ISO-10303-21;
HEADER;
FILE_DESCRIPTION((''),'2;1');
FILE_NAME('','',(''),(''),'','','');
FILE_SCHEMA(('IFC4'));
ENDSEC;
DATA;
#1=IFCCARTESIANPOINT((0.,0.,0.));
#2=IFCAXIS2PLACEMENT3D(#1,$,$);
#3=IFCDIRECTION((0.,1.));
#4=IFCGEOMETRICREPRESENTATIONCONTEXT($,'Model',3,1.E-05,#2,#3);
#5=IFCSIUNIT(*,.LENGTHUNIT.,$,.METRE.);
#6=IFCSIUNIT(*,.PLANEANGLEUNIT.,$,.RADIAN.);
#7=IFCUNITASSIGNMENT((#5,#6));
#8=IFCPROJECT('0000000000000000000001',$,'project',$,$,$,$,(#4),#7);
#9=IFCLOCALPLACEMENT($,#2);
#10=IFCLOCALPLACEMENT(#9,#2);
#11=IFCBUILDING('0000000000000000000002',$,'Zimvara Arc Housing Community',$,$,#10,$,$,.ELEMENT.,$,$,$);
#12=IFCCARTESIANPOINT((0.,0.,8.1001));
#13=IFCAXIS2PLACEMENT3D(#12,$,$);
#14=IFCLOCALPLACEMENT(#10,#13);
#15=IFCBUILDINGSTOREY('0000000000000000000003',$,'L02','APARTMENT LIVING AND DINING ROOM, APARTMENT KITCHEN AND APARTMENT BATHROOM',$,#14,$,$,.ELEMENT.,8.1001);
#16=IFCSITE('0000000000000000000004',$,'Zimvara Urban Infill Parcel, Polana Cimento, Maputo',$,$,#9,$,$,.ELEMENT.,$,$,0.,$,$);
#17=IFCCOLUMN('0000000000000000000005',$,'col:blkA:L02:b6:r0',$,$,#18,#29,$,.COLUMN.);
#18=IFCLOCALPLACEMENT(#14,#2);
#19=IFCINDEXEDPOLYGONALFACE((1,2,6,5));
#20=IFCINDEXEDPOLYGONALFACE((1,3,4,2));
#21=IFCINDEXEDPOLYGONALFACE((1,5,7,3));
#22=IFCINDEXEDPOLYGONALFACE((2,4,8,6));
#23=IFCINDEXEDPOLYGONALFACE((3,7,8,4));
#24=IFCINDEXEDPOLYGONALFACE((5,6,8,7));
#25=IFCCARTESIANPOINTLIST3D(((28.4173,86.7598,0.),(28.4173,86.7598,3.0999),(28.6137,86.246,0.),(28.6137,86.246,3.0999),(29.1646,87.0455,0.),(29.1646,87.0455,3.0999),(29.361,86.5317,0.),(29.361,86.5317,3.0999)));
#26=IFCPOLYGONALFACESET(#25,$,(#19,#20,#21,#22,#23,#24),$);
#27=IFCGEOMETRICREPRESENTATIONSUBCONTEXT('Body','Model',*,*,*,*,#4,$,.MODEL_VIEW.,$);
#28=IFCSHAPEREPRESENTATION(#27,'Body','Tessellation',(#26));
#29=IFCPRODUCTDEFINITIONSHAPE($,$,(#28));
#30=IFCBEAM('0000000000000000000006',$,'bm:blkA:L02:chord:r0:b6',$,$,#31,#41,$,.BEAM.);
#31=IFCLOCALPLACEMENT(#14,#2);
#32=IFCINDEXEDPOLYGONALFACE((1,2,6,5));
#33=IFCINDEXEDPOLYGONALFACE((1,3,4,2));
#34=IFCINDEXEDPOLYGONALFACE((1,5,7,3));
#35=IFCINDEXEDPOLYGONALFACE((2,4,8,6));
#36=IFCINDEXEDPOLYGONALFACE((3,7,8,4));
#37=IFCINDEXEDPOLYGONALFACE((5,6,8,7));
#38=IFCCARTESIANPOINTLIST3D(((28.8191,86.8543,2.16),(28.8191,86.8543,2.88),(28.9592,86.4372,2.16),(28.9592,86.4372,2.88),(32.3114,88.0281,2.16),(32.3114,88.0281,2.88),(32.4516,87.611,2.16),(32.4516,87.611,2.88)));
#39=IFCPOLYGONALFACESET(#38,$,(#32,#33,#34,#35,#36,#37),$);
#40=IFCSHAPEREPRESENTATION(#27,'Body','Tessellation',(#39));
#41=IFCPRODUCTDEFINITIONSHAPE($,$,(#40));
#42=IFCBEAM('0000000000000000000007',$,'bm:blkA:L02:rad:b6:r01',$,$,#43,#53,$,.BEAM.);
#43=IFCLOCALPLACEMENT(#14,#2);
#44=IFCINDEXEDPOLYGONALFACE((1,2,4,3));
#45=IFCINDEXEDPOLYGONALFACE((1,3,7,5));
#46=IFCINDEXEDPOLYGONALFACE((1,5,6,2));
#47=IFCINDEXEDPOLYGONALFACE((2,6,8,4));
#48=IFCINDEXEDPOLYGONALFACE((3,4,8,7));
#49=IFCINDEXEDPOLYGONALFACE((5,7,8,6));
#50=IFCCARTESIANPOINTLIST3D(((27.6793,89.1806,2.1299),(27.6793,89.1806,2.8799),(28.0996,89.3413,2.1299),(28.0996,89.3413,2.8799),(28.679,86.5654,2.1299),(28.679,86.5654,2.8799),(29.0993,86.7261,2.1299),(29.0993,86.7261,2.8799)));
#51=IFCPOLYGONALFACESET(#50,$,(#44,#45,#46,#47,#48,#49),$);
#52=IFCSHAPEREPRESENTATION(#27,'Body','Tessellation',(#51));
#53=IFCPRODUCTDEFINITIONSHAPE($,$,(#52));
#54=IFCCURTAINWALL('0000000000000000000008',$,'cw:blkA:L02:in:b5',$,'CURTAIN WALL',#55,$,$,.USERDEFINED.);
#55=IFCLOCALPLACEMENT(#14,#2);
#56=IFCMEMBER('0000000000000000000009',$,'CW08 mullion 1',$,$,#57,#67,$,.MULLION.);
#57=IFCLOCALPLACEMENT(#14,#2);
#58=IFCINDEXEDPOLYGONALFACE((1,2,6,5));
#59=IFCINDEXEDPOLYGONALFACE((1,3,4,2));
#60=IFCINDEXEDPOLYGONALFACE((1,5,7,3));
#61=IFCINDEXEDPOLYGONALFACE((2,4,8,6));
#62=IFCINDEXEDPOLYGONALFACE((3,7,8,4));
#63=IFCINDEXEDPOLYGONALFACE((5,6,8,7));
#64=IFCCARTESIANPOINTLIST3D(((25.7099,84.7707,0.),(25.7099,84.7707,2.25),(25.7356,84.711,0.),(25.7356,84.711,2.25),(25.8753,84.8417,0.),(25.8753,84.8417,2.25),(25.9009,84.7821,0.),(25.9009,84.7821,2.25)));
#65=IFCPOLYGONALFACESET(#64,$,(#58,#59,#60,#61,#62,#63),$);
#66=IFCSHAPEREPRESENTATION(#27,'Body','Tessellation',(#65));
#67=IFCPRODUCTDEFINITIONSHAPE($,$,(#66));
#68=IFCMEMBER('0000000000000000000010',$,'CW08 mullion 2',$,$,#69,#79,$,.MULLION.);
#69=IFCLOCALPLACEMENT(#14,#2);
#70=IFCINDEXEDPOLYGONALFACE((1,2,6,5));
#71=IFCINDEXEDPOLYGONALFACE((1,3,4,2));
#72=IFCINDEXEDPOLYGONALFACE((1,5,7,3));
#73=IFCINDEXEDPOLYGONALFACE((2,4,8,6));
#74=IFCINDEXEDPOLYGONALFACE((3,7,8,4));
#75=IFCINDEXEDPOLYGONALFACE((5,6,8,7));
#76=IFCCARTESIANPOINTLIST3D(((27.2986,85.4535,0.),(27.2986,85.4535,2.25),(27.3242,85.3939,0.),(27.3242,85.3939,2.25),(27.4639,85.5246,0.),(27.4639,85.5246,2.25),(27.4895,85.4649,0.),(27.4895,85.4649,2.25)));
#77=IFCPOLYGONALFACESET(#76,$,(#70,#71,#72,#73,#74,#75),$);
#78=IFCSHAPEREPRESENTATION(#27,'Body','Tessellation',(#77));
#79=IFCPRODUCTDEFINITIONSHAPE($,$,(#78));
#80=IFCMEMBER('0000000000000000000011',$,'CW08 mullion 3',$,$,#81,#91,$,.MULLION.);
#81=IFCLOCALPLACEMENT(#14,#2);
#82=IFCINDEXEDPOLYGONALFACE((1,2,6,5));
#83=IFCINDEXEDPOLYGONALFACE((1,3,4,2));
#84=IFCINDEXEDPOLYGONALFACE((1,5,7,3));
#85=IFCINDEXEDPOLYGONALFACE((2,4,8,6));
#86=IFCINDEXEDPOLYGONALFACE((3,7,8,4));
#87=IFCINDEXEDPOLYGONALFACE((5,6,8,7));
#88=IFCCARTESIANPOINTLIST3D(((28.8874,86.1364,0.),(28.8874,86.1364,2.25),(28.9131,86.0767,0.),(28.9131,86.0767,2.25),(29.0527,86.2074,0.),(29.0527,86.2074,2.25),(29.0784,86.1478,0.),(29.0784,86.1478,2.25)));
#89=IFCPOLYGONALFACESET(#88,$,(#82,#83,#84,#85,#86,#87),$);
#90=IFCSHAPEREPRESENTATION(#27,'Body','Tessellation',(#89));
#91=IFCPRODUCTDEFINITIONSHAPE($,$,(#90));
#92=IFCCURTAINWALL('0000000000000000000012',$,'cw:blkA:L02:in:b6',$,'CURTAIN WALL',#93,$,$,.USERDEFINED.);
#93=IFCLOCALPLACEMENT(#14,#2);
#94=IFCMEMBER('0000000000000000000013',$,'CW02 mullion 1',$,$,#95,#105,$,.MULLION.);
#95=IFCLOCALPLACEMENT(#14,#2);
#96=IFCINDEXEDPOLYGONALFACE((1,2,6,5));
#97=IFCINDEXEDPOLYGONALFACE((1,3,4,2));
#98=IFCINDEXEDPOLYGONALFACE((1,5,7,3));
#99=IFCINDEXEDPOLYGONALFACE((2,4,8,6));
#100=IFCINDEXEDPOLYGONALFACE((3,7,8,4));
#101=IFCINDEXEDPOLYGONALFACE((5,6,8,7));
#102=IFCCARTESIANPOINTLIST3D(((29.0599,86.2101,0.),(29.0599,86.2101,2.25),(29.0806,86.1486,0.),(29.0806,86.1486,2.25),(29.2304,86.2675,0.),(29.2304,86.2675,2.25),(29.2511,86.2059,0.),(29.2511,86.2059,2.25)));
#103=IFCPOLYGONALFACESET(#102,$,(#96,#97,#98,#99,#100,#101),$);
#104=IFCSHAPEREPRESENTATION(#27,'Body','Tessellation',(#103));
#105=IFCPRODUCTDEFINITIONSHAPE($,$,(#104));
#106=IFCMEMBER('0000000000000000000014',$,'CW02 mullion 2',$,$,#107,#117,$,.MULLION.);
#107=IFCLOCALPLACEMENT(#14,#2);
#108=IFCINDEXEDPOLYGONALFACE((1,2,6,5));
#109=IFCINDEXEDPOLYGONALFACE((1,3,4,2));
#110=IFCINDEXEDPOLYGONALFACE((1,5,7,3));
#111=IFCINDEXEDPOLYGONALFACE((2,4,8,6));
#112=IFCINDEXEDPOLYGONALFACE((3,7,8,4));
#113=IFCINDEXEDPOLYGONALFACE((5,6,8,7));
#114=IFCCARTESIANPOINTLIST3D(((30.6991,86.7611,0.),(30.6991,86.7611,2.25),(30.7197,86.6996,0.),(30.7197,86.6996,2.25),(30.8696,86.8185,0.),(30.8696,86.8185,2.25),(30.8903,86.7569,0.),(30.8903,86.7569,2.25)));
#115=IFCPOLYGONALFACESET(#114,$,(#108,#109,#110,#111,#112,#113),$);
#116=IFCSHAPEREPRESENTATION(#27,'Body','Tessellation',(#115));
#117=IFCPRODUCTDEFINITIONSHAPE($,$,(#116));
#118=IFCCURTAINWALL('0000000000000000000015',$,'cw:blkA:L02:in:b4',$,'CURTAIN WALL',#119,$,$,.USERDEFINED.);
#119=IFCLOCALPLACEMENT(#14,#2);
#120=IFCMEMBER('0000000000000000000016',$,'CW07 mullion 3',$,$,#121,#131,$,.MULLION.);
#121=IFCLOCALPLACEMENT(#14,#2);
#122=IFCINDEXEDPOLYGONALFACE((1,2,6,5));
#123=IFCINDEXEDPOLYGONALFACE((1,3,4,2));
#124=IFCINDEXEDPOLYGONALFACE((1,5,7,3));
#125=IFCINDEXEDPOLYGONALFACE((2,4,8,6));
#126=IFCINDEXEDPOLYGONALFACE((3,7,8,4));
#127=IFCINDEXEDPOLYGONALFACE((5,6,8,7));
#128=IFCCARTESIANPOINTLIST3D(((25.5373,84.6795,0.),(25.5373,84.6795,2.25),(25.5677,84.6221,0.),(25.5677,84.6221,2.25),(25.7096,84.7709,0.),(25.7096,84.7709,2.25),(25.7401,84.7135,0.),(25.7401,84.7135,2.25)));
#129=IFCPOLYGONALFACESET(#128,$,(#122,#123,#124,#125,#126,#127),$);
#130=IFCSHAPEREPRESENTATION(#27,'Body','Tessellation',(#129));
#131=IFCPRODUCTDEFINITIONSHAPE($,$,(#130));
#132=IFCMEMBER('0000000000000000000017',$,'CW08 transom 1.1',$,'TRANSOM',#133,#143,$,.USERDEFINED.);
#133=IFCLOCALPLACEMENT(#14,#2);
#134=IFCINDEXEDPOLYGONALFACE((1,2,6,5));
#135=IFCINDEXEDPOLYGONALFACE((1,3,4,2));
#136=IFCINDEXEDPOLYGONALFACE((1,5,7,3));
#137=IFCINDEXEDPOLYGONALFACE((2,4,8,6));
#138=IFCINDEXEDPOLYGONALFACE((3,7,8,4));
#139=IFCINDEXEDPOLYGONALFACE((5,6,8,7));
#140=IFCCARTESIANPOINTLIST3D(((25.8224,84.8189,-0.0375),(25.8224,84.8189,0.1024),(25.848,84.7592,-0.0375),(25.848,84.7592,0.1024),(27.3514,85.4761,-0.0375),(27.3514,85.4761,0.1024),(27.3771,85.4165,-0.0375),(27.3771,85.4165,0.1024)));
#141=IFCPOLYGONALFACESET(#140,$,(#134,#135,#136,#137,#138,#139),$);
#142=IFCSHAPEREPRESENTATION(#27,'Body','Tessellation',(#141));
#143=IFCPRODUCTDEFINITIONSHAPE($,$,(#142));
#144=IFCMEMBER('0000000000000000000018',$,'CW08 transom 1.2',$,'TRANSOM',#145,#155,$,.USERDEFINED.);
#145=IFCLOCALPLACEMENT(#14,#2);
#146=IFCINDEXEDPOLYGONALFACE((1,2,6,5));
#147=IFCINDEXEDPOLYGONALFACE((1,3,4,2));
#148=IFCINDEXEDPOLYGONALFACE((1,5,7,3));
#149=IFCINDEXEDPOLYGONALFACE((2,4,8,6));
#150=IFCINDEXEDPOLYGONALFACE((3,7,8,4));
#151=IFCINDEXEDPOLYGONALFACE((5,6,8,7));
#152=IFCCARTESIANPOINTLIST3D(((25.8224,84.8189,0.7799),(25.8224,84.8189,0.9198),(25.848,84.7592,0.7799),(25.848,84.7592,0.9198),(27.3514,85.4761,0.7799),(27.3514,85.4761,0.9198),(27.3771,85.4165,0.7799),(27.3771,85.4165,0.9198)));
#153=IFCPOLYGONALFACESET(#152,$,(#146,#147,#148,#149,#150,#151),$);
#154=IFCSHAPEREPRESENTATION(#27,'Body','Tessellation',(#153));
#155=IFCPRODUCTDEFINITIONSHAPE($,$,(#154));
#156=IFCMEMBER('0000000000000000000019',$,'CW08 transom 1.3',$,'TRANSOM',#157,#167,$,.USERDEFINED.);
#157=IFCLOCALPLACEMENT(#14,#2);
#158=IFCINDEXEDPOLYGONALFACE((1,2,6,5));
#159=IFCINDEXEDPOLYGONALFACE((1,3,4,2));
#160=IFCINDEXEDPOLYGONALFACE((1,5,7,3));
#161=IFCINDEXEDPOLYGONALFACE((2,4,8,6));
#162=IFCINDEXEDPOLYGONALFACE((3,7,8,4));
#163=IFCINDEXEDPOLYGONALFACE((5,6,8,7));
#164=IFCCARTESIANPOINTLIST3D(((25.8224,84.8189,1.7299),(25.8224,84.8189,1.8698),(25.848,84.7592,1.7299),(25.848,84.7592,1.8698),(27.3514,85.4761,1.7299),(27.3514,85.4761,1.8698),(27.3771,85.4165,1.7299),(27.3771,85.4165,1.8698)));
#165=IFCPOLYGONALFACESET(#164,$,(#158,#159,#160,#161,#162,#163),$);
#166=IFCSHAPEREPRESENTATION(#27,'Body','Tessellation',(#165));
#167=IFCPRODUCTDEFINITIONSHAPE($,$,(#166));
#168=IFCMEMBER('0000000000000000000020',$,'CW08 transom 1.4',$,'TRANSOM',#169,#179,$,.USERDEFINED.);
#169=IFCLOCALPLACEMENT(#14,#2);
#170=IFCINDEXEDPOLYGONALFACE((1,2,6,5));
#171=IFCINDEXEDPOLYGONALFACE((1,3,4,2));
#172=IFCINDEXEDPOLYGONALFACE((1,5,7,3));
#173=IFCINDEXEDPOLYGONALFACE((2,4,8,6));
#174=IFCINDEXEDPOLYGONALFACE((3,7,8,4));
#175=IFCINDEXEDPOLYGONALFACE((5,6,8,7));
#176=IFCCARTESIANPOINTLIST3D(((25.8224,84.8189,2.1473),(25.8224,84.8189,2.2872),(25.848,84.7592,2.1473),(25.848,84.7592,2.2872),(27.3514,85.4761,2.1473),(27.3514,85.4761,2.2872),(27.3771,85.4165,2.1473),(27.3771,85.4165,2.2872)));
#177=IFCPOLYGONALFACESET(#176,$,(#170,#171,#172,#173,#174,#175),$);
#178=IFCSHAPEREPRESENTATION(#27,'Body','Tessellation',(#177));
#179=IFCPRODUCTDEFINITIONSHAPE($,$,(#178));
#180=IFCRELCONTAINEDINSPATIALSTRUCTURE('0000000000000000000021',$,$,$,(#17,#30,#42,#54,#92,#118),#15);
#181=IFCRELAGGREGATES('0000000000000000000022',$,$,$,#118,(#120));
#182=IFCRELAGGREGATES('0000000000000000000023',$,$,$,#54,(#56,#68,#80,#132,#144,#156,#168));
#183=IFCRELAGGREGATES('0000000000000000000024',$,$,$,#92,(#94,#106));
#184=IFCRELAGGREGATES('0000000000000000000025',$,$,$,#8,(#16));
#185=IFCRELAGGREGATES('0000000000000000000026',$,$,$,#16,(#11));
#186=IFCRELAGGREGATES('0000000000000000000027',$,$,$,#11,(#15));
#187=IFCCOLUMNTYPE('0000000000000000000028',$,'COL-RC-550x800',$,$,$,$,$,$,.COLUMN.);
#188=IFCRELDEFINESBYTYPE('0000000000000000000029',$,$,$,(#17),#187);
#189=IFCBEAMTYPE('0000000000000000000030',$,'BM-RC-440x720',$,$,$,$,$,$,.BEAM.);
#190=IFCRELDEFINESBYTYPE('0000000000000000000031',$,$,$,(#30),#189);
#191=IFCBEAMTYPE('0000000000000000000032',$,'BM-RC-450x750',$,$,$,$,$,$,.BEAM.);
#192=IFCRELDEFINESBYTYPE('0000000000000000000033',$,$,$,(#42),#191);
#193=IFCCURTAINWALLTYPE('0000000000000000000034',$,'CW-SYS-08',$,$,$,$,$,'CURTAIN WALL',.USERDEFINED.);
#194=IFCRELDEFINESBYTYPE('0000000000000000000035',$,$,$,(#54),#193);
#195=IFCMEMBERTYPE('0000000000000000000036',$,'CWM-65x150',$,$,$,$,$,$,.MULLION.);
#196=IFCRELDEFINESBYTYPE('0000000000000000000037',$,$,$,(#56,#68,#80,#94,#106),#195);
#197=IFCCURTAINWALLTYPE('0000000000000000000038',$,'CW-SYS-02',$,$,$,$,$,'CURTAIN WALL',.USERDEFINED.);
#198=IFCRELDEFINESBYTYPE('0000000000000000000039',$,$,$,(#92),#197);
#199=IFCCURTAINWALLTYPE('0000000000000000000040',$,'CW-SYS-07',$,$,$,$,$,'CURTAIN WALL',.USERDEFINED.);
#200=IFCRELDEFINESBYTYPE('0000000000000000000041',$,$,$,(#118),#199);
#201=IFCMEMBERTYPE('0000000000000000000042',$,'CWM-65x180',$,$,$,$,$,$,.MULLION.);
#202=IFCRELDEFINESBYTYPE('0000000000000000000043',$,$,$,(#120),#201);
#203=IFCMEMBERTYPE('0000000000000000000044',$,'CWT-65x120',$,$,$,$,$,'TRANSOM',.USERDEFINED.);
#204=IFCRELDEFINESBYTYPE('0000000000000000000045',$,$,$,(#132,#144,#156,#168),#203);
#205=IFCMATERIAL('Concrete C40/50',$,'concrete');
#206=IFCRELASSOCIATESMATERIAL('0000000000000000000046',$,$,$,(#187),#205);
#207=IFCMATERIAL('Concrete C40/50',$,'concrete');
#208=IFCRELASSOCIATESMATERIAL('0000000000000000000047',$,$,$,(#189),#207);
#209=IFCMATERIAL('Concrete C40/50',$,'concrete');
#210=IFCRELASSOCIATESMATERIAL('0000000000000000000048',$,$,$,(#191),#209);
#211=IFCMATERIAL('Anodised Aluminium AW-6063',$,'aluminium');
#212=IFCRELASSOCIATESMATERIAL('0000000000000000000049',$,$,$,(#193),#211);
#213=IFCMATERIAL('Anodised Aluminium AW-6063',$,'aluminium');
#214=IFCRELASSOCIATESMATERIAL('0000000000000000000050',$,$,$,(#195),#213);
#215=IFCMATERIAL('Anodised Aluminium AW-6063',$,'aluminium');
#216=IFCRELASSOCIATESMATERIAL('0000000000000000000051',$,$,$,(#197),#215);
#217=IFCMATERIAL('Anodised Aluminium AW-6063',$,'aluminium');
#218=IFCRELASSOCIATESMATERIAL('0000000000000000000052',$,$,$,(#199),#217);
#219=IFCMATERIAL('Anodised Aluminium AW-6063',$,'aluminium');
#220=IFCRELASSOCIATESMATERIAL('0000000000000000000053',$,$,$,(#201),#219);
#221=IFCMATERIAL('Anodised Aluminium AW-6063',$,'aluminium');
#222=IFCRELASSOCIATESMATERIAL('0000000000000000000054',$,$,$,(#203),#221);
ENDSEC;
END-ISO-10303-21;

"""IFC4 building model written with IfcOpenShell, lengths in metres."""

from ifc_helpers import new_model, si_unit, direction, frame, origin, origin_2d, place, context, subcontext, project, spatial, rectangle, extrude, material, material_profile, profile_set, type_object, element, aggregate, save


model = new_model("IFC4")

# Units and contexts
model_context = context("Model", 3, precision=1e-05, world=origin(), true_north=direction((0.0, 1.0)))
body_context = subcontext(model_context, "Body", "Model", "MODEL_VIEW")
ifc_project = project(units=[si_unit("LENGTHUNIT", "METRE"), si_unit("PLANEANGLEUNIT", "RADIAN")], contexts=[model_context])

# Site, building, storey
site_placement = place(None, origin())
site = spatial("IfcSite", under=ifc_project, at=site_placement, Name="Zimvara Urban Infill Parcel, Polana Cimento, Maputo", CompositionType="ELEMENT", RefElevation=0.0)
building_placement = place(site_placement, origin())
building = spatial("IfcBuilding", under=site, at=building_placement, Name="Zimvara Arc Housing Community", CompositionType="ELEMENT")
storey_placement = place(building_placement, frame((0.0, 0.0, 8.1001)))
storey = spatial("IfcBuildingStorey", under=building, at=storey_placement, Name="L02", Description="APARTMENT LIVING AND DINING ROOM, APARTMENT KITCHEN AND APARTMENT BATHROOM", CompositionType="ELEMENT", Elevation=8.1001)

# Column
ifc_material_1 = material(Name="Concrete C40/50", Category="concrete")
ifc_material_profile_1 = material_profile(ifc_material_1, rectangle(XDim=0.55, YDim=0.8, at=origin_2d()), Name="RC 550x800")
ifc_profile_set_1 = profile_set([ifc_material_profile_1], Name="Concrete C40/50")
column_type = type_object("IfcColumnType", Name="COL-RC-550x800", PredefinedType="COLUMN", material=ifc_profile_set_1)
column_placement = place(storey_placement, frame((28.8892, 86.6458, 0.0), z_axis=(0.0, 0.0, 1.0), x_axis=(-0.357064, 0.93408, 0.0)))
element("IfcColumn", 1, at=column_placement, inside=storey, type_object=column_type, Name="col:blkA:L02:b6:r0", PredefinedType="COLUMN", context=body_context, shape_type="SweptSolid", body=[
    extrude(rectangle(XDim=0.55, YDim=0.8, at=origin_2d()), origin(), (0.0, 0.0, 1.0), 3.0999),
])

# Beams
ifc_material_2 = material(Name="Concrete C40/50", Category="concrete")
ifc_material_profile_2 = material_profile(ifc_material_2, rectangle(XDim=0.4399, YDim=0.72, at=origin_2d()), Name="RC 440x720")
ifc_profile_set_2 = profile_set([ifc_material_profile_2], Name="Concrete C40/50")
beam_type_1 = type_object("IfcBeamType", Name="BM-RC-440x720", PredefinedType="BEAM", material=ifc_profile_set_2)
beam_1_placement = place(storey_placement, frame((28.8892, 86.6458, 2.52), z_axis=(0.947892, 0.318592, 0.0), x_axis=(-0.318592, 0.947892, 0.0)))
element("IfcBeam", 2, at=beam_1_placement, inside=storey, type_object=beam_type_1, Name="bm:blkA:L02:chord:r0:b6", PredefinedType="BEAM", context=body_context, shape_type="SweptSolid", body=[
    extrude(rectangle(XDim=0.4399, YDim=0.72, at=origin_2d()), origin(), (0.0, 0.0, 1.0), 3.6843),
])
ifc_material_3 = material(Name="Concrete C40/50", Category="concrete")
ifc_material_profile_3 = material_profile(ifc_material_3, rectangle(XDim=0.45, YDim=0.75, at=origin_2d()), Name="RC 450x750")
ifc_profile_set_3 = profile_set([ifc_material_profile_3], Name="Concrete C40/50")
beam_type_2 = type_object("IfcBeamType", Name="BM-RC-450x750", PredefinedType="BEAM", material=ifc_profile_set_3)
beam_2_placement = place(storey_placement, frame((28.8892, 86.6458, 2.5049), z_axis=(-0.357079, 0.934074, 0.0), x_axis=(-0.934074, -0.357079, 0.0)))
element("IfcBeam", 3, at=beam_2_placement, inside=storey, type_object=beam_type_2, Name="bm:blkA:L02:rad:b6:r01", PredefinedType="BEAM", context=body_context, shape_type="SweptSolid", body=[
    extrude(rectangle(XDim=0.45, YDim=0.75, at=origin_2d()), origin(), (0.0, 0.0, 1.0), 2.7998),
])

# Curtain walls, members
ifc_material_4 = material(Name="Anodised Aluminium AW-6063", Category="aluminium")
curtain_wall_type_1 = type_object("IfcCurtainWallType", Name="CW-SYS-08", ElementType="CURTAIN WALL", PredefinedType="USERDEFINED", material=ifc_material_4)
curtain_wall_1_placement = place(storey_placement, origin())
curtain_wall_1 = element("IfcCurtainWall", 4, at=curtain_wall_1_placement, inside=storey, type_object=curtain_wall_type_1, Name="cw:blkA:L02:in:b5", ObjectType="CURTAIN WALL", PredefinedType="USERDEFINED")
ifc_material_5 = material(Name="Anodised Aluminium AW-6063", Category="aluminium")
ifc_material_profile_4 = material_profile(ifc_material_5, rectangle(XDim=0.0649, YDim=0.1799, at=origin_2d()), Name="ALU 65x180")
ifc_profile_set_4 = profile_set([ifc_material_profile_4], Name="Anodised Aluminium AW-6063")
member_type_1 = type_object("IfcMemberType", Name="CWM-65x150", PredefinedType="MULLION", material=ifc_profile_set_4)
member_1_placement = place(storey_placement, frame((25.8054, 84.7764, 0.0), z_axis=(0.0, 0.0, 1.0), x_axis=(-0.394904, 0.918722, 0.0)))
member_1 = element("IfcMember", 5, at=member_1_placement, type_object=member_type_1, Name="CW08 mullion 1", PredefinedType="MULLION", context=body_context, shape_type="SweptSolid", body=[
    extrude(rectangle(XDim=0.0649, YDim=0.1799, at=origin_2d()), origin(), (0.0, 0.0, 1.0), 2.25),
])
member_2_placement = place(storey_placement, frame((27.394, 85.4592, 0.0), z_axis=(0.0, 0.0, 1.0), x_axis=(-0.394904, 0.918722, 0.0)))
member_2 = element("IfcMember", 6, at=member_2_placement, type_object=member_type_1, Name="CW08 mullion 2", PredefinedType="MULLION", context=body_context, shape_type="SweptSolid", body=[
    extrude(rectangle(XDim=0.0649, YDim=0.1799, at=origin_2d()), origin(), (0.0, 0.0, 1.0), 2.25),
])
member_3_placement = place(storey_placement, frame((28.9829, 86.1421, 0.0), z_axis=(0.0, 0.0, 1.0), x_axis=(-0.394904, 0.918722, 0.0)))
member_3 = element("IfcMember", 7, at=member_3_placement, type_object=member_type_1, Name="CW08 mullion 3", PredefinedType="MULLION", context=body_context, shape_type="SweptSolid", body=[
    extrude(rectangle(XDim=0.0649, YDim=0.1799, at=origin_2d()), origin(), (0.0, 0.0, 1.0), 2.25),
])
ifc_material_6 = material(Name="Anodised Aluminium AW-6063", Category="aluminium")
curtain_wall_type_2 = type_object("IfcCurtainWallType", Name="CW-SYS-02", ElementType="CURTAIN WALL", PredefinedType="USERDEFINED", material=ifc_material_6)
curtain_wall_2_placement = place(storey_placement, origin())
curtain_wall_2 = element("IfcCurtainWall", 8, at=curtain_wall_2_placement, inside=storey, type_object=curtain_wall_type_2, Name="cw:blkA:L02:in:b6", ObjectType="CURTAIN WALL", PredefinedType="USERDEFINED")
member_4_placement = place(storey_placement, frame((29.1555, 86.208, 0.0), z_axis=(0.0, 0.0, 1.0), x_axis=(-0.31863, 0.947879, 0.0)))
member_4 = element("IfcMember", 9, at=member_4_placement, type_object=member_type_1, Name="CW02 mullion 1", PredefinedType="MULLION", context=body_context, shape_type="SweptSolid", body=[
    extrude(rectangle(XDim=0.0649, YDim=0.1799, at=origin_2d()), origin(), (0.0, 0.0, 1.0), 2.25),
])
member_5_placement = place(storey_placement, frame((30.7947, 86.759, 0.0), z_axis=(0.0, 0.0, 1.0), x_axis=(-0.31863, 0.947879, 0.0)))
member_5 = element("IfcMember", 10, at=member_5_placement, type_object=member_type_1, Name="CW02 mullion 2", PredefinedType="MULLION", context=body_context, shape_type="SweptSolid", body=[
    extrude(rectangle(XDim=0.0649, YDim=0.1799, at=origin_2d()), origin(), (0.0, 0.0, 1.0), 2.25),
])

# Curtain wall, member
ifc_material_7 = material(Name="Anodised Aluminium AW-6063", Category="aluminium")
curtain_wall_type_3 = type_object("IfcCurtainWallType", Name="CW-SYS-07", ElementType="CURTAIN WALL", PredefinedType="USERDEFINED", material=ifc_material_7)
curtain_wall_3_placement = place(storey_placement, origin())
curtain_wall_3 = element("IfcCurtainWall", 11, at=curtain_wall_3_placement, inside=storey, type_object=curtain_wall_type_3, Name="cw:blkA:L02:in:b4", ObjectType="CURTAIN WALL", PredefinedType="USERDEFINED")
ifc_material_8 = material(Name="Anodised Aluminium AW-6063", Category="aluminium")
ifc_material_profile_5 = material_profile(ifc_material_8, rectangle(XDim=0.0649, YDim=0.1951, at=origin_2d()), Name="ALU 65x195")
ifc_profile_set_5 = profile_set([ifc_material_profile_5], Name="Anodised Aluminium AW-6063")
member_type_2 = type_object("IfcMemberType", Name="CWM-65x180", PredefinedType="MULLION", material=ifc_profile_set_5)
member_6_placement = place(storey_placement, frame((25.6387, 84.6965, 0.0), z_axis=(0.0, 0.0, 1.0), x_axis=(-0.468545, 0.88344, 0.0)))
member_6 = element("IfcMember", 12, at=member_6_placement, type_object=member_type_2, Name="CW07 mullion 3", PredefinedType="MULLION", context=body_context, shape_type="SweptSolid", body=[
    extrude(rectangle(XDim=0.0649, YDim=0.1951, at=origin_2d()), origin(), (0.0, 0.0, 1.0), 2.25),
])
aggregate(curtain_wall_3, [member_6])

# Members
ifc_material_9 = material(Name="Anodised Aluminium AW-6063", Category="aluminium")
ifc_material_profile_6 = material_profile(ifc_material_9, rectangle(XDim=0.0649, YDim=0.1399, at=origin_2d()), Name="ALU 65x140")
ifc_profile_set_6 = profile_set([ifc_material_profile_6], Name="Anodised Aluminium AW-6063")
member_type_3 = type_object("IfcMemberType", Name="CWT-65x120", ElementType="TRANSOM", PredefinedType="USERDEFINED", material=ifc_profile_set_6)
member_7_placement = place(storey_placement, frame((25.8352, 84.7891, 0.0325), z_axis=(0.918727, 0.394893, 0.0), x_axis=(-0.394893, 0.918727, 0.0)))
member_7 = element("IfcMember", 13, at=member_7_placement, type_object=member_type_3, Name="CW08 transom 1.1", ObjectType="TRANSOM", PredefinedType="USERDEFINED", context=body_context, shape_type="SweptSolid", body=[
    extrude(rectangle(XDim=0.0649, YDim=0.1399, at=origin_2d()), origin(), (0.0, 0.0, 1.0), 1.6643),
])
member_8_placement = place(storey_placement, frame((25.8352, 84.7891, 0.8499), z_axis=(0.918727, 0.394893, 0.0), x_axis=(-0.394893, 0.918727, 0.0)))
member_8 = element("IfcMember", 14, at=member_8_placement, type_object=member_type_3, Name="CW08 transom 1.2", ObjectType="TRANSOM", PredefinedType="USERDEFINED", context=body_context, shape_type="SweptSolid", body=[
    extrude(rectangle(XDim=0.0649, YDim=0.1399, at=origin_2d()), origin(), (0.0, 0.0, 1.0), 1.6643),
])
member_9_placement = place(storey_placement, frame((25.8352, 84.7891, 1.7998), z_axis=(0.918727, 0.394893, 0.0), x_axis=(-0.394893, 0.918727, 0.0)))
member_9 = element("IfcMember", 15, at=member_9_placement, type_object=member_type_3, Name="CW08 transom 1.3", ObjectType="TRANSOM", PredefinedType="USERDEFINED", context=body_context, shape_type="SweptSolid", body=[
    extrude(rectangle(XDim=0.0649, YDim=0.1399, at=origin_2d()), origin(), (0.0, 0.0, 1.0), 1.6643),
])
member_10_placement = place(storey_placement, frame((25.8352, 84.7891, 2.2173), z_axis=(0.918727, 0.394893, 0.0), x_axis=(-0.394893, 0.918727, 0.0)))
member_10 = element("IfcMember", 16, at=member_10_placement, type_object=member_type_3, Name="CW08 transom 1.4", ObjectType="TRANSOM", PredefinedType="USERDEFINED", context=body_context, shape_type="SweptSolid", body=[
    extrude(rectangle(XDim=0.0649, YDim=0.1399, at=origin_2d()), origin(), (0.0, 0.0, 1.0), 1.6643),
])

aggregate(curtain_wall_1, [member_1, member_2, member_3, member_7, member_8, member_9, member_10])
aggregate(curtain_wall_2, [member_4, member_5])

save(model, "model.ifc")
